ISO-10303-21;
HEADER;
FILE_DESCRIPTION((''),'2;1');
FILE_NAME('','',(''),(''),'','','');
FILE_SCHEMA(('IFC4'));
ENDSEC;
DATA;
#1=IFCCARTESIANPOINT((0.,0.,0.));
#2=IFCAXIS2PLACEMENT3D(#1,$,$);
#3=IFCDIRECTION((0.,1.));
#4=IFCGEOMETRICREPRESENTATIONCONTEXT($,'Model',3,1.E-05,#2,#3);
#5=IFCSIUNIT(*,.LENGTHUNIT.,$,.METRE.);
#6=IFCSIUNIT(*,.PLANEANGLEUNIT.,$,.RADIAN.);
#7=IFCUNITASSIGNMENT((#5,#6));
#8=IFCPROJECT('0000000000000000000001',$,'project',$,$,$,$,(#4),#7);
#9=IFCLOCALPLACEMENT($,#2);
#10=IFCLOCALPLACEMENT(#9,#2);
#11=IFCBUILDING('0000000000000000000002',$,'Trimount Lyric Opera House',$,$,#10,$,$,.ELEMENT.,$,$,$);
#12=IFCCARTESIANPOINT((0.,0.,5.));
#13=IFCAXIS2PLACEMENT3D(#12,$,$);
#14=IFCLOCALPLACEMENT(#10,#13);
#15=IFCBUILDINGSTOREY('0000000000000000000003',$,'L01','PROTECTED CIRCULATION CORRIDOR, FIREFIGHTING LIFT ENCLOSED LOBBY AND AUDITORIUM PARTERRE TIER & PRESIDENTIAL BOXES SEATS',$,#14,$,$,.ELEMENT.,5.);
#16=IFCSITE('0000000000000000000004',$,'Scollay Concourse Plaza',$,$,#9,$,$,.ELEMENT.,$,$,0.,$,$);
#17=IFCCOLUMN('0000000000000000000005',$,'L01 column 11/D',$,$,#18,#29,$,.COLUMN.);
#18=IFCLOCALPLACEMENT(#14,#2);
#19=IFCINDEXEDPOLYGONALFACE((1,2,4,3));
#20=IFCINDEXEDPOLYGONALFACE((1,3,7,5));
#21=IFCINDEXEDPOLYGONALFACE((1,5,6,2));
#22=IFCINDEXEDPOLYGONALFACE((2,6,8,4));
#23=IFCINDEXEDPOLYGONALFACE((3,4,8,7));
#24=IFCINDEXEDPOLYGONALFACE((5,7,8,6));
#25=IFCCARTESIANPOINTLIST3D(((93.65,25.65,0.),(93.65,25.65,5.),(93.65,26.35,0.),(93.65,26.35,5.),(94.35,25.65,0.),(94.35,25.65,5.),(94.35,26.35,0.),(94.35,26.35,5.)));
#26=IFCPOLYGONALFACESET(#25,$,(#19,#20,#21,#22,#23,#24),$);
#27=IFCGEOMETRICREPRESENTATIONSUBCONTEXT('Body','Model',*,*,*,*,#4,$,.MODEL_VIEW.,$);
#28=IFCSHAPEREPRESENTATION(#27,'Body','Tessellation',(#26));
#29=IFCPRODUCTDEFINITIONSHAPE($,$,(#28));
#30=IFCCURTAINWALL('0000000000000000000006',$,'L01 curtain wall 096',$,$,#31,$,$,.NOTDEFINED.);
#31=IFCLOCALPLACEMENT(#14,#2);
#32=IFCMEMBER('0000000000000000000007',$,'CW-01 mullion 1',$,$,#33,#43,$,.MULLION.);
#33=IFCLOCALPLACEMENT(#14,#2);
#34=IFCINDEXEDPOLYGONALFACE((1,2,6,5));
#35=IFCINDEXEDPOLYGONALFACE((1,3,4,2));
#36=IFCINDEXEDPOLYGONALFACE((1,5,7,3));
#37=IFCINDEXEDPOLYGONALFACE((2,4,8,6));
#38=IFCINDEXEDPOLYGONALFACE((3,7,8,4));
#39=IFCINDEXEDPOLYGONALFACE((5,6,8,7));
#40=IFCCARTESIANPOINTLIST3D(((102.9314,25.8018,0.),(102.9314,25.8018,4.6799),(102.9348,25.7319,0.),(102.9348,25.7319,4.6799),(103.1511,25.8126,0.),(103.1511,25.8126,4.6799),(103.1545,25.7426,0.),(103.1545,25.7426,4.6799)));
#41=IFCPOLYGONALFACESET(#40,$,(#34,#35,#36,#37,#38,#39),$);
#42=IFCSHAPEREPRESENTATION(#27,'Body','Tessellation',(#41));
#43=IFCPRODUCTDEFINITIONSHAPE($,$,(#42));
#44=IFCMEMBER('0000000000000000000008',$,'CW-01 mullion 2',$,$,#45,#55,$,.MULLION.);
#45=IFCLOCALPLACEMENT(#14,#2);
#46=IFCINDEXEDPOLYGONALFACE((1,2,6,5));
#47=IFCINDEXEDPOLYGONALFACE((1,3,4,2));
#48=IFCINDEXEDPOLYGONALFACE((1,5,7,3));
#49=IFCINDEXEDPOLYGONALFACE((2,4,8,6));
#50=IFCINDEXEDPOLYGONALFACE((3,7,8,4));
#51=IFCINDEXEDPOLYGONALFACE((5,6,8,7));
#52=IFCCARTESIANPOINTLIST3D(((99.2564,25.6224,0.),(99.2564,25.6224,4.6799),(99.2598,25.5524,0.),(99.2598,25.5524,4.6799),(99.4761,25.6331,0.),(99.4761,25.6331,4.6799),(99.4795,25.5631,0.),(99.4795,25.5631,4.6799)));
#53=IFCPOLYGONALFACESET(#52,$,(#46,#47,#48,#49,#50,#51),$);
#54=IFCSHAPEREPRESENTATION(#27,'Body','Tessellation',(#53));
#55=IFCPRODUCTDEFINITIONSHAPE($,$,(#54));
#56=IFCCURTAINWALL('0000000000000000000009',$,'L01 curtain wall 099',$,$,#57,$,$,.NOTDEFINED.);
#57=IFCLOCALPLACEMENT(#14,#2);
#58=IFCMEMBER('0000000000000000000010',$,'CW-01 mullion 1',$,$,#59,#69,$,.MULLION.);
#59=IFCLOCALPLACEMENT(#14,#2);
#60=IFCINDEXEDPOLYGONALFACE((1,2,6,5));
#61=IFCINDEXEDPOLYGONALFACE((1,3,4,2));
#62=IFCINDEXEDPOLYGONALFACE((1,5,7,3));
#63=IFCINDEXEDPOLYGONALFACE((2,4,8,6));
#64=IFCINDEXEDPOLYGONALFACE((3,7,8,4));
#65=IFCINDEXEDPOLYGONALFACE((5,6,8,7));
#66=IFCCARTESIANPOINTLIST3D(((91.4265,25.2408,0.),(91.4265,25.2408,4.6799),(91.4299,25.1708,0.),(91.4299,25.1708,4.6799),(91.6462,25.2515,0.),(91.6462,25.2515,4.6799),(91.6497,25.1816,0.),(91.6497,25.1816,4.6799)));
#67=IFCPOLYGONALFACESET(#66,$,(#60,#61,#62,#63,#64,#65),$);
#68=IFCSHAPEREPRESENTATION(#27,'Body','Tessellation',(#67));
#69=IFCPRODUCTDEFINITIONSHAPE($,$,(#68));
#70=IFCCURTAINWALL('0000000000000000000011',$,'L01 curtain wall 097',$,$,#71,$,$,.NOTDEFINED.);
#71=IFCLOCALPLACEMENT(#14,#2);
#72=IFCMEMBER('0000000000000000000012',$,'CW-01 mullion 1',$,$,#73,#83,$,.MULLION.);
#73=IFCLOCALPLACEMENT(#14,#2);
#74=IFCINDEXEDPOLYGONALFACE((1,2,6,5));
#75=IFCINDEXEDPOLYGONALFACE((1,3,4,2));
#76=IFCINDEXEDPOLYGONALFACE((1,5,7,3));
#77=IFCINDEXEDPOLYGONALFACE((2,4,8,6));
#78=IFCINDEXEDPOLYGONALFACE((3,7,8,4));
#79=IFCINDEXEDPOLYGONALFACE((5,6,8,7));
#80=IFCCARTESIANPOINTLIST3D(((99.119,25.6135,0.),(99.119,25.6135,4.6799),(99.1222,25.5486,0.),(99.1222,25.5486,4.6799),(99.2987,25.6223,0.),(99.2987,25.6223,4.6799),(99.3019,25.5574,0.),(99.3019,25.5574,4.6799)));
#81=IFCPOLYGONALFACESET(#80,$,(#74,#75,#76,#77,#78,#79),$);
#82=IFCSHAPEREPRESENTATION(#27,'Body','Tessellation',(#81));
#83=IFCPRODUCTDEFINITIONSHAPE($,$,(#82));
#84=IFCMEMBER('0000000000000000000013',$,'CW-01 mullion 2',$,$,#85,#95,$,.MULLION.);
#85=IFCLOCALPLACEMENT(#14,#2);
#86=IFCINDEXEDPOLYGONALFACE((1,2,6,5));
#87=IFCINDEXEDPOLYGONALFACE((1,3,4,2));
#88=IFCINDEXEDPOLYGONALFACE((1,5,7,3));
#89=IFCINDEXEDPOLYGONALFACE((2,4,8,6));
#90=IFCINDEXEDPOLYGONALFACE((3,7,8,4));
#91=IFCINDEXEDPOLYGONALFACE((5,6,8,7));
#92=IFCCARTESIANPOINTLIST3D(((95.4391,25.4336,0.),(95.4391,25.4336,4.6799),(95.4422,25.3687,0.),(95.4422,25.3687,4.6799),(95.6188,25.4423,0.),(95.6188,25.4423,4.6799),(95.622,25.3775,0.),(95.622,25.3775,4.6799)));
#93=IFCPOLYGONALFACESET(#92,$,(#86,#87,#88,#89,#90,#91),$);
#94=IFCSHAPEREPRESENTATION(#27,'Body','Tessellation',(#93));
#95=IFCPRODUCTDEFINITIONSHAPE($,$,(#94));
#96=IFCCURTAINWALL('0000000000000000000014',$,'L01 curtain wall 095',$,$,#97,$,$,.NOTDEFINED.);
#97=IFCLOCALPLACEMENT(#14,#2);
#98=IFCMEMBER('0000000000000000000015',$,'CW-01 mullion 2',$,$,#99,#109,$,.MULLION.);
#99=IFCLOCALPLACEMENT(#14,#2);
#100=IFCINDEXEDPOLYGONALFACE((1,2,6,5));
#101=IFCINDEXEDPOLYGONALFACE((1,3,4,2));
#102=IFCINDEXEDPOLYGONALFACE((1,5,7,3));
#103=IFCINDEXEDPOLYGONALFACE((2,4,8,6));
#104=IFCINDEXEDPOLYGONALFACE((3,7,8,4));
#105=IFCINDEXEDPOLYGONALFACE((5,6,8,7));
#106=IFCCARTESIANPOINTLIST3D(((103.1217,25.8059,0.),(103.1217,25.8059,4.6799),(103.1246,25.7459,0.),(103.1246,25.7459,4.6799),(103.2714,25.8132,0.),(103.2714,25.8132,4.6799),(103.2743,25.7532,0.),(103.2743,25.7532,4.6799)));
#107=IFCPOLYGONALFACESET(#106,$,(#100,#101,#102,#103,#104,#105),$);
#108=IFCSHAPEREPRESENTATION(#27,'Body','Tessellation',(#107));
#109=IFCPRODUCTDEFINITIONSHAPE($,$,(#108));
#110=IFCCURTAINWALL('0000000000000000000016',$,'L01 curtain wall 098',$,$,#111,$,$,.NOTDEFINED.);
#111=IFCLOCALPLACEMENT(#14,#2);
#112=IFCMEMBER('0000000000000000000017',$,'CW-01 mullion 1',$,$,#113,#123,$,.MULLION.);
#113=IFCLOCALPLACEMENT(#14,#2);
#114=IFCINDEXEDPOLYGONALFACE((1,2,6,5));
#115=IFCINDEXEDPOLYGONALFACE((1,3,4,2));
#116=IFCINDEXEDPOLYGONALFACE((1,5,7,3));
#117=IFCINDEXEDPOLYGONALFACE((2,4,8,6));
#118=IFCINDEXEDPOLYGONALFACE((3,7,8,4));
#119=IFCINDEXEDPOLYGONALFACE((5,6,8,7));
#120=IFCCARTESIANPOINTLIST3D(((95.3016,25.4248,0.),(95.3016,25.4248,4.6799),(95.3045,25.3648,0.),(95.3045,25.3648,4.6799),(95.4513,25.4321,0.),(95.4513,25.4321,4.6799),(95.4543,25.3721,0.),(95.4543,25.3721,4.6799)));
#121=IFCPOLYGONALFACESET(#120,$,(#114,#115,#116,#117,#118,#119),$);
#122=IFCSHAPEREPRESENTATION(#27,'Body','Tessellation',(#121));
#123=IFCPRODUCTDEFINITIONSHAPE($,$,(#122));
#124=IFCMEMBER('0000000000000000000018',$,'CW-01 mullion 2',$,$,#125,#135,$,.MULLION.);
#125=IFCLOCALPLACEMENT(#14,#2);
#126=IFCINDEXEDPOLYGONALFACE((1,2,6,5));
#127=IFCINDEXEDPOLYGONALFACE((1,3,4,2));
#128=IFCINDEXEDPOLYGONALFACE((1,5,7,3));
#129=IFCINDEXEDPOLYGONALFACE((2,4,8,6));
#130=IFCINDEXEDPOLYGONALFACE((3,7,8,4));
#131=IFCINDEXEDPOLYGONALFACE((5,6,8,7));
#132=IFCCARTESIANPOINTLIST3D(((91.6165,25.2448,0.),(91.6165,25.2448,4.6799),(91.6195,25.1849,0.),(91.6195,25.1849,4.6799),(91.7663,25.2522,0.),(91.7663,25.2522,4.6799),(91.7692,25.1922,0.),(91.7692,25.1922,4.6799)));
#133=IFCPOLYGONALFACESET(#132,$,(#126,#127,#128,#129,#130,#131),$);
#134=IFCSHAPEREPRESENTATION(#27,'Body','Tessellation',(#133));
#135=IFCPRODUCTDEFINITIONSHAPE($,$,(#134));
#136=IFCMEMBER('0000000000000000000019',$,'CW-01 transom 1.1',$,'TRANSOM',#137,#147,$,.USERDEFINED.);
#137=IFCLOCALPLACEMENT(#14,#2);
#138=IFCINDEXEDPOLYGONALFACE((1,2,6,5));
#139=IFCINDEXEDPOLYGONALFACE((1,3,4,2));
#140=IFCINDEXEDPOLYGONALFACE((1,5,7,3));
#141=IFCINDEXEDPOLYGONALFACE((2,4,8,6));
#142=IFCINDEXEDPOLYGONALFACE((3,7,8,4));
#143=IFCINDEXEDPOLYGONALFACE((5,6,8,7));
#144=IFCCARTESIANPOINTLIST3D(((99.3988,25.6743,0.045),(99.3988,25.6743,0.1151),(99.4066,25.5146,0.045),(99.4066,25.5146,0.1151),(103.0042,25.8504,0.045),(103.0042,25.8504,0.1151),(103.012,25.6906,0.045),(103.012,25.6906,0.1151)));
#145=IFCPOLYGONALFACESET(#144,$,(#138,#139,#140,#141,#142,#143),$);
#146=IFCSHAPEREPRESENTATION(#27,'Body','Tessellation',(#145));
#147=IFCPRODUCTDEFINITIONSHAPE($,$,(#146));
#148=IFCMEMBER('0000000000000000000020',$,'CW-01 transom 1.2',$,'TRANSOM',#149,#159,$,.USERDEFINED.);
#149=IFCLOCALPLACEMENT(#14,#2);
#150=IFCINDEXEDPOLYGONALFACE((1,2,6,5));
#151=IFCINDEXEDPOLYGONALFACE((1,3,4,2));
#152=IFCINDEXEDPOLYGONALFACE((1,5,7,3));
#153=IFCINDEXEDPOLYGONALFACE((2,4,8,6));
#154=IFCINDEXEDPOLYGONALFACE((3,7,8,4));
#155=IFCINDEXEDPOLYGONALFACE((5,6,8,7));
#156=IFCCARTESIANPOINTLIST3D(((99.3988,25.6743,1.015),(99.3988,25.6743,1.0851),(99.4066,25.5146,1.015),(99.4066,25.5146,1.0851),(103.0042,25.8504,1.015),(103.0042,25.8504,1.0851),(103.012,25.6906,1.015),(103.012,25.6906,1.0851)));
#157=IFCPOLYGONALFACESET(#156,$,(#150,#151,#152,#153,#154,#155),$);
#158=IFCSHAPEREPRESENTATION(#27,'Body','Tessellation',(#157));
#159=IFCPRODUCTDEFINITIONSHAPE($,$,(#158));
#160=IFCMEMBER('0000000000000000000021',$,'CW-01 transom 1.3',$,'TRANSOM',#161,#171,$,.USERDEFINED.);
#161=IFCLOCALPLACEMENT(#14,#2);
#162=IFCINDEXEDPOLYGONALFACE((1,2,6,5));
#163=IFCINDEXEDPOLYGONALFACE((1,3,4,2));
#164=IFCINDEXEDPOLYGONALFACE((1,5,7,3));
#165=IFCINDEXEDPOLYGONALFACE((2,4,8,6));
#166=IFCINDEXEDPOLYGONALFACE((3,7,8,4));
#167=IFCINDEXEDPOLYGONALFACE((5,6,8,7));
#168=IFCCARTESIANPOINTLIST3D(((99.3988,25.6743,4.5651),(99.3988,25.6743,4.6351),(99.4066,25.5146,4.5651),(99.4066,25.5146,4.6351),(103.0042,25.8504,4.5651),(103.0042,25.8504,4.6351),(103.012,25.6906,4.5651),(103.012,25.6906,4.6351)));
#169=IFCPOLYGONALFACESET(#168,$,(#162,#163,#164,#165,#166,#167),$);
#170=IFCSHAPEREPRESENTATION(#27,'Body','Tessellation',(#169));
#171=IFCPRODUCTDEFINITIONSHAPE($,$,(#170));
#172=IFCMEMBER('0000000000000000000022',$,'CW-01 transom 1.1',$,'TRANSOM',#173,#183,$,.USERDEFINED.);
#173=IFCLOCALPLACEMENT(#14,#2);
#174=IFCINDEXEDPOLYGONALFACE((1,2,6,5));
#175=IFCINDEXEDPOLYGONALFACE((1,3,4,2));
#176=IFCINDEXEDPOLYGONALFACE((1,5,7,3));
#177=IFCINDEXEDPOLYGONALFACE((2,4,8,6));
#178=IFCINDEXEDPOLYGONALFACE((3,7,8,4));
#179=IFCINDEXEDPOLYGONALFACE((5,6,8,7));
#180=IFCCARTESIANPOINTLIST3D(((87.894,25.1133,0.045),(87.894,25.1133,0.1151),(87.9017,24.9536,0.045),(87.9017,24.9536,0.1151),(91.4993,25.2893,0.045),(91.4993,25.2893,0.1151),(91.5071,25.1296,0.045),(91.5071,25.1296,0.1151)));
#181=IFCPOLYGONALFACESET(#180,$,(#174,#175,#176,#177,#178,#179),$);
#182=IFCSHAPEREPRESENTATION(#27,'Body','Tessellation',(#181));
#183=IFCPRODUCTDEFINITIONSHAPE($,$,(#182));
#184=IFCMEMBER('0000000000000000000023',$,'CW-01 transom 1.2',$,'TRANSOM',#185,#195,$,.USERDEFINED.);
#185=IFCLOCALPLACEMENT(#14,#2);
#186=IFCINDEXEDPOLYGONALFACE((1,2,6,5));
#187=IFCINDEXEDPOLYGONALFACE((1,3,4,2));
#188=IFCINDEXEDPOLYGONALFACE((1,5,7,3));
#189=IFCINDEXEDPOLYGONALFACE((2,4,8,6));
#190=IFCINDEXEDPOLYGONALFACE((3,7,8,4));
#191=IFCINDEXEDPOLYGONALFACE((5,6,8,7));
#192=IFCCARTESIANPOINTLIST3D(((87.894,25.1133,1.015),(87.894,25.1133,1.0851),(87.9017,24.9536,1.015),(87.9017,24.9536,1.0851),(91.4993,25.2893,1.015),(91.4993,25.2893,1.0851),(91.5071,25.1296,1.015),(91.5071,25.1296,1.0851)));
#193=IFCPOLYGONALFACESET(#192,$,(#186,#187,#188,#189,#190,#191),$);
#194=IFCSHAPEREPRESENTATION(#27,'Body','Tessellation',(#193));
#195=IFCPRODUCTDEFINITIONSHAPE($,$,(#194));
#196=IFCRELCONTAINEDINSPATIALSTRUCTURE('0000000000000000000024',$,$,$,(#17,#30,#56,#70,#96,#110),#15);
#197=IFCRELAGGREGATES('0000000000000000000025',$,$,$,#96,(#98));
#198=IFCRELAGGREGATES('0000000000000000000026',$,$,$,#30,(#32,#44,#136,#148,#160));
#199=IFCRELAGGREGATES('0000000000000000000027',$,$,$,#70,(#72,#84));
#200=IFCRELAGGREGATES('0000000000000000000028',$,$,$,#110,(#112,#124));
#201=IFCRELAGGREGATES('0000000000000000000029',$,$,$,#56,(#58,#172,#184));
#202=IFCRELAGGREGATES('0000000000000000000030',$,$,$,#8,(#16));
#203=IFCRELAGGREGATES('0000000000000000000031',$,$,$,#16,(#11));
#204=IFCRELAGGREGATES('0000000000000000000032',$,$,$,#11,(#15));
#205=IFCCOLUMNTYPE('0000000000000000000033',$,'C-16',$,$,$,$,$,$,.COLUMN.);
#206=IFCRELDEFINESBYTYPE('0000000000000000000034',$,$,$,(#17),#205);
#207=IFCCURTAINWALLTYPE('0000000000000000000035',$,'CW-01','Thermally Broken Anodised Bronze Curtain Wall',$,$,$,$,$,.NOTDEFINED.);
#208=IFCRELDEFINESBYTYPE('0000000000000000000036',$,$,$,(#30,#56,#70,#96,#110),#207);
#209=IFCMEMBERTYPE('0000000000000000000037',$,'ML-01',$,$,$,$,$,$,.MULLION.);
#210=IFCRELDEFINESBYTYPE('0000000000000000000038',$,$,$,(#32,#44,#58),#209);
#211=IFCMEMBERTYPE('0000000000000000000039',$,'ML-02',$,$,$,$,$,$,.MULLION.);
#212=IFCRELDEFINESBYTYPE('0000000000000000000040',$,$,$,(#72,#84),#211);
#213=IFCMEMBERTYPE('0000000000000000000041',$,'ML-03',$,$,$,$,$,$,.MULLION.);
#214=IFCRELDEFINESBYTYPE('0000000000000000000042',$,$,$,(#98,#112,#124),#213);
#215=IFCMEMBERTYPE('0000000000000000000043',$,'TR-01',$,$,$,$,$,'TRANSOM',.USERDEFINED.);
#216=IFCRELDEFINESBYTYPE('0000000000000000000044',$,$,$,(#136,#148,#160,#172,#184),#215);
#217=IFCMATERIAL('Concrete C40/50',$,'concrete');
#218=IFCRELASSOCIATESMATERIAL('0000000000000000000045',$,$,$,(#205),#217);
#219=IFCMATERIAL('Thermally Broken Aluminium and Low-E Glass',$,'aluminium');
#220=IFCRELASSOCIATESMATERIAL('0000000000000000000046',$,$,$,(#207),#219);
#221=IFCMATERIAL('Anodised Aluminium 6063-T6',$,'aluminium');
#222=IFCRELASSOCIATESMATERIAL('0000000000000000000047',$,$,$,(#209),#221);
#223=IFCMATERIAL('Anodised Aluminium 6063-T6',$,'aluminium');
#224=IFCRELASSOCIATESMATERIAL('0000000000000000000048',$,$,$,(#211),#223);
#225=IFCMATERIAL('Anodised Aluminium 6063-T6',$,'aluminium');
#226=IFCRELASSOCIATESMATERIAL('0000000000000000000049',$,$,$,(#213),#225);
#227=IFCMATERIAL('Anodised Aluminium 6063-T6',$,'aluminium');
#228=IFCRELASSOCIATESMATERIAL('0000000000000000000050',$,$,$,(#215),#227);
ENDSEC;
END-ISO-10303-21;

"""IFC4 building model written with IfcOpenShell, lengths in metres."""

from ifc_helpers import new_model, si_unit, direction, frame, origin, origin_2d, place, context, subcontext, project, spatial, rectangle, extrude, material, material_profile, profile_set, type_object, element, aggregate, save


model = new_model("IFC4")

# Units and contexts
model_context = context("Model", 3, precision=1e-05, world=origin(), true_north=direction((0.0, 1.0)))
body_context = subcontext(model_context, "Body", "Model", "MODEL_VIEW")
ifc_project = project(units=[si_unit("LENGTHUNIT", "METRE"), si_unit("PLANEANGLEUNIT", "RADIAN")], contexts=[model_context])

# Site, building, storey
site_placement = place(None, origin())
site = spatial("IfcSite", under=ifc_project, at=site_placement, Name="Scollay Concourse Plaza", CompositionType="ELEMENT", RefElevation=0.0)
building_placement = place(site_placement, origin())
building = spatial("IfcBuilding", under=site, at=building_placement, Name="Trimount Lyric Opera House", CompositionType="ELEMENT")
storey_placement = place(building_placement, frame((0.0, 0.0, 5.0)))
storey = spatial("IfcBuildingStorey", under=building, at=storey_placement, Name="L01", Description="PROTECTED CIRCULATION CORRIDOR, FIREFIGHTING LIFT ENCLOSED LOBBY AND AUDITORIUM PARTERRE TIER & PRESIDENTIAL BOXES SEATS", CompositionType="ELEMENT", Elevation=5.0)

# Column
ifc_material_1 = material(Name="Concrete C40/50", Category="concrete")
ifc_material_profile_1 = material_profile(ifc_material_1, rectangle(XDim=0.7, YDim=0.7, at=origin_2d()), Name="RC700X700")
ifc_profile_set_1 = profile_set([ifc_material_profile_1], Name="Concrete C40/50")
column_type = type_object("IfcColumnType", Name="C-16", PredefinedType="COLUMN", material=ifc_profile_set_1)
column_placement = place(storey_placement, frame((94.0, 26.0, 0.0), z_axis=(0.0, 0.0, 1.0), x_axis=(1.0, 0.0, 0.0)))
element("IfcColumn", 1, at=column_placement, inside=storey, type_object=column_type, Name="L01 column 11/D", PredefinedType="COLUMN", context=body_context, shape_type="SweptSolid", body=[
    extrude(rectangle(XDim=0.7, YDim=0.7, at=origin_2d()), origin(), (0.0, 0.0, 1.0), 5.0),
])

# Curtain wall, members
ifc_material_2 = material(Name="Thermally Broken Aluminium and Low-E Glass", Category="aluminium")
curtain_wall_type = type_object("IfcCurtainWallType", Name="CW-01", Description="Thermally Broken Anodised Bronze Curtain Wall", PredefinedType="NOTDEFINED", material=ifc_material_2)
curtain_wall_1_placement = place(storey_placement, origin())
curtain_wall_1 = element("IfcCurtainWall", 2, at=curtain_wall_1_placement, inside=storey, type_object=curtain_wall_type, Name="L01 curtain wall 096", PredefinedType="NOTDEFINED")
ifc_material_3 = material(Name="Anodised Aluminium 6063-T6", Category="aluminium")
ifc_material_profile_2 = material_profile(ifc_material_3, rectangle(XDim=0.0701, YDim=0.22, at=origin_2d()), Name="ALU-MULL-70X220")
ifc_profile_set_2 = profile_set([ifc_material_profile_2], Name="Anodised Aluminium 6063-T6")
member_type_1 = type_object("IfcMemberType", Name="ML-01", PredefinedType="MULLION", material=ifc_profile_set_2)
member_1_placement = place(storey_placement, frame((103.043, 25.7722, 0.0), z_axis=(0.0, 0.0, 1.0), x_axis=(0.048807, -0.998808, 0.0)))
member_1 = element("IfcMember", 3, at=member_1_placement, type_object=member_type_1, Name="CW-01 mullion 1", PredefinedType="MULLION", context=body_context, shape_type="SweptSolid", body=[
    extrude(rectangle(XDim=0.0701, YDim=0.22, at=origin_2d()), origin(), (0.0, 0.0, 1.0), 4.6799),
])
member_2_placement = place(storey_placement, frame((99.3679, 25.5928, 0.0), z_axis=(0.0, 0.0, 1.0), x_axis=(0.048807, -0.998808, 0.0)))
member_2 = element("IfcMember", 4, at=member_2_placement, type_object=member_type_1, Name="CW-01 mullion 2", PredefinedType="MULLION", context=body_context, shape_type="SweptSolid", body=[
    extrude(rectangle(XDim=0.0701, YDim=0.22, at=origin_2d()), origin(), (0.0, 0.0, 1.0), 4.6799),
])

# Curtain wall, member
curtain_wall_2_placement = place(storey_placement, origin())
curtain_wall_2 = element("IfcCurtainWall", 5, at=curtain_wall_2_placement, inside=storey, type_object=curtain_wall_type, Name="L01 curtain wall 099", PredefinedType="NOTDEFINED")
member_3_placement = place(storey_placement, frame((91.5381, 25.2112, 0.0), z_axis=(0.0, 0.0, 1.0), x_axis=(0.048807, -0.998808, 0.0)))
member_3 = element("IfcMember", 6, at=member_3_placement, type_object=member_type_1, Name="CW-01 mullion 1", PredefinedType="MULLION", context=body_context, shape_type="SweptSolid", body=[
    extrude(rectangle(XDim=0.0701, YDim=0.22, at=origin_2d()), origin(), (0.0, 0.0, 1.0), 4.6799),
])

# Curtain wall, members
curtain_wall_3_placement = place(storey_placement, origin())
curtain_wall_3 = element("IfcCurtainWall", 7, at=curtain_wall_3_placement, inside=storey, type_object=curtain_wall_type, Name="L01 curtain wall 097", PredefinedType="NOTDEFINED")
ifc_material_4 = material(Name="Anodised Aluminium 6063-T6", Category="aluminium")
ifc_material_profile_3 = material_profile(ifc_material_4, rectangle(XDim=0.0649, YDim=0.1799, at=origin_2d()), Name="ALU-MULL-65X180")
ifc_profile_set_3 = profile_set([ifc_material_profile_3], Name="Anodised Aluminium 6063-T6")
member_type_2 = type_object("IfcMemberType", Name="ML-02", PredefinedType="MULLION", material=ifc_profile_set_3)
member_4_placement = place(storey_placement, frame((99.2104, 25.5854, 0.0), z_axis=(0.0, 0.0, 1.0), x_axis=(0.048807, -0.998808, 0.0)))
member_4 = element("IfcMember", 8, at=member_4_placement, type_object=member_type_2, Name="CW-01 mullion 1", PredefinedType="MULLION", context=body_context, shape_type="SweptSolid", body=[
    extrude(rectangle(XDim=0.0649, YDim=0.1799, at=origin_2d()), origin(), (0.0, 0.0, 1.0), 4.6799),
])
member_5_placement = place(storey_placement, frame((95.5305, 25.4055, 0.0), z_axis=(0.0, 0.0, 1.0), x_axis=(0.048807, -0.998808, 0.0)))
member_5 = element("IfcMember", 9, at=member_5_placement, type_object=member_type_2, Name="CW-01 mullion 2", PredefinedType="MULLION", context=body_context, shape_type="SweptSolid", body=[
    extrude(rectangle(XDim=0.0649, YDim=0.1799, at=origin_2d()), origin(), (0.0, 0.0, 1.0), 4.6799),
])

# Curtain wall, member
curtain_wall_4_placement = place(storey_placement, origin())
curtain_wall_4 = element("IfcCurtainWall", 10, at=curtain_wall_4_placement, inside=storey, type_object=curtain_wall_type, Name="L01 curtain wall 095", PredefinedType="NOTDEFINED")
ifc_material_5 = material(Name="Anodised Aluminium 6063-T6", Category="aluminium")
ifc_material_profile_4 = material_profile(ifc_material_5, rectangle(XDim=0.0601, YDim=0.1499, at=origin_2d()), Name="ALU-MULL-60X150")
ifc_profile_set_4 = profile_set([ifc_material_profile_4], Name="Anodised Aluminium 6063-T6")
member_type_3 = type_object("IfcMemberType", Name="ML-03", PredefinedType="MULLION", material=ifc_profile_set_4)
member_6_placement = place(storey_placement, frame((103.198, 25.7795, 0.0), z_axis=(0.0, 0.0, 1.0), x_axis=(0.048807, -0.998808, 0.0)))
member_6 = element("IfcMember", 11, at=member_6_placement, type_object=member_type_3, Name="CW-01 mullion 2", PredefinedType="MULLION", context=body_context, shape_type="SweptSolid", body=[
    extrude(rectangle(XDim=0.0601, YDim=0.1499, at=origin_2d()), origin(), (0.0, 0.0, 1.0), 4.6799),
])

# Curtain wall, members
curtain_wall_5_placement = place(storey_placement, origin())
curtain_wall_5 = element("IfcCurtainWall", 12, at=curtain_wall_5_placement, inside=storey, type_object=curtain_wall_type, Name="L01 curtain wall 098", PredefinedType="NOTDEFINED")
member_7_placement = place(storey_placement, frame((95.3779, 25.3984, 0.0), z_axis=(0.0, 0.0, 1.0), x_axis=(0.048807, -0.998808, 0.0)))
member_7 = element("IfcMember", 13, at=member_7_placement, type_object=member_type_3, Name="CW-01 mullion 1", PredefinedType="MULLION", context=body_context, shape_type="SweptSolid", body=[
    extrude(rectangle(XDim=0.0601, YDim=0.1499, at=origin_2d()), origin(), (0.0, 0.0, 1.0), 4.6799),
])
member_8_placement = place(storey_placement, frame((91.6929, 25.2185, 0.0), z_axis=(0.0, 0.0, 1.0), x_axis=(0.048807, -0.998808, 0.0)))
member_8 = element("IfcMember", 14, at=member_8_placement, type_object=member_type_3, Name="CW-01 mullion 2", PredefinedType="MULLION", context=body_context, shape_type="SweptSolid", body=[
    extrude(rectangle(XDim=0.0601, YDim=0.1499, at=origin_2d()), origin(), (0.0, 0.0, 1.0), 4.6799),
])

# Members
ifc_material_6 = material(Name="Anodised Aluminium 6063-T6", Category="aluminium")
ifc_material_profile_5 = material_profile(ifc_material_6, rectangle(XDim=0.1599, YDim=0.0701, at=origin_2d()), Name="ALU-TRAN-70X160")
ifc_profile_set_5 = profile_set([ifc_material_profile_5], Name="Anodised Aluminium 6063-T6")
member_type_4 = type_object("IfcMemberType", Name="TR-01", ElementType="TRANSOM", PredefinedType="USERDEFINED", material=ifc_profile_set_5)
member_9_placement = place(storey_placement, frame((103.0081, 25.7705, 0.0801), z_axis=(-0.99881, -0.048767, 0.0), x_axis=(0.048767, -0.99881, 0.0)))
member_9 = element("IfcMember", 15, at=member_9_placement, type_object=member_type_4, Name="CW-01 transom 1.1", ObjectType="TRANSOM", PredefinedType="USERDEFINED", context=body_context, shape_type="SweptSolid", body=[
    extrude(rectangle(XDim=0.1599, YDim=0.0701, at=origin_2d()), origin(), (0.0, 0.0, 1.0), 3.6096),
])
member_10_placement = place(storey_placement, frame((103.0081, 25.7705, 1.05), z_axis=(-0.99881, -0.048767, 0.0), x_axis=(0.048767, -0.99881, 0.0)))
member_10 = element("IfcMember", 16, at=member_10_placement, type_object=member_type_4, Name="CW-01 transom 1.2", ObjectType="TRANSOM", PredefinedType="USERDEFINED", context=body_context, shape_type="SweptSolid", body=[
    extrude(rectangle(XDim=0.1599, YDim=0.0701, at=origin_2d()), origin(), (0.0, 0.0, 1.0), 3.6096),
])
member_11_placement = place(storey_placement, frame((103.0081, 25.7705, 4.6001), z_axis=(-0.99881, -0.048767, 0.0), x_axis=(0.048767, -0.99881, 0.0)))
member_11 = element("IfcMember", 17, at=member_11_placement, type_object=member_type_4, Name="CW-01 transom 1.3", ObjectType="TRANSOM", PredefinedType="USERDEFINED", context=body_context, shape_type="SweptSolid", body=[
    extrude(rectangle(XDim=0.1599, YDim=0.0701, at=origin_2d()), origin(), (0.0, 0.0, 1.0), 3.6096),
])
member_12_placement = place(storey_placement, frame((91.5032, 25.2095, 0.0801), z_axis=(-0.99881, -0.048767, 0.0), x_axis=(0.048767, -0.99881, 0.0)))
member_12 = element("IfcMember", 18, at=member_12_placement, type_object=member_type_4, Name="CW-01 transom 1.1", ObjectType="TRANSOM", PredefinedType="USERDEFINED", context=body_context, shape_type="SweptSolid", body=[
    extrude(rectangle(XDim=0.1599, YDim=0.0701, at=origin_2d()), origin(), (0.0, 0.0, 1.0), 3.6096),
])
member_13_placement = place(storey_placement, frame((91.5032, 25.2095, 1.05), z_axis=(-0.99881, -0.048767, 0.0), x_axis=(0.048767, -0.99881, 0.0)))
member_13 = element("IfcMember", 19, at=member_13_placement, type_object=member_type_4, Name="CW-01 transom 1.2", ObjectType="TRANSOM", PredefinedType="USERDEFINED", context=body_context, shape_type="SweptSolid", body=[
    extrude(rectangle(XDim=0.1599, YDim=0.0701, at=origin_2d()), origin(), (0.0, 0.0, 1.0), 3.6096),
])

aggregate(curtain_wall_4, [member_6])
aggregate(curtain_wall_1, [member_1, member_2, member_9, member_10, member_11])
aggregate(curtain_wall_3, [member_4, member_5])
aggregate(curtain_wall_5, [member_7, member_8])
aggregate(curtain_wall_2, [member_3, member_12, member_13])

save(model, "model.ifc")
